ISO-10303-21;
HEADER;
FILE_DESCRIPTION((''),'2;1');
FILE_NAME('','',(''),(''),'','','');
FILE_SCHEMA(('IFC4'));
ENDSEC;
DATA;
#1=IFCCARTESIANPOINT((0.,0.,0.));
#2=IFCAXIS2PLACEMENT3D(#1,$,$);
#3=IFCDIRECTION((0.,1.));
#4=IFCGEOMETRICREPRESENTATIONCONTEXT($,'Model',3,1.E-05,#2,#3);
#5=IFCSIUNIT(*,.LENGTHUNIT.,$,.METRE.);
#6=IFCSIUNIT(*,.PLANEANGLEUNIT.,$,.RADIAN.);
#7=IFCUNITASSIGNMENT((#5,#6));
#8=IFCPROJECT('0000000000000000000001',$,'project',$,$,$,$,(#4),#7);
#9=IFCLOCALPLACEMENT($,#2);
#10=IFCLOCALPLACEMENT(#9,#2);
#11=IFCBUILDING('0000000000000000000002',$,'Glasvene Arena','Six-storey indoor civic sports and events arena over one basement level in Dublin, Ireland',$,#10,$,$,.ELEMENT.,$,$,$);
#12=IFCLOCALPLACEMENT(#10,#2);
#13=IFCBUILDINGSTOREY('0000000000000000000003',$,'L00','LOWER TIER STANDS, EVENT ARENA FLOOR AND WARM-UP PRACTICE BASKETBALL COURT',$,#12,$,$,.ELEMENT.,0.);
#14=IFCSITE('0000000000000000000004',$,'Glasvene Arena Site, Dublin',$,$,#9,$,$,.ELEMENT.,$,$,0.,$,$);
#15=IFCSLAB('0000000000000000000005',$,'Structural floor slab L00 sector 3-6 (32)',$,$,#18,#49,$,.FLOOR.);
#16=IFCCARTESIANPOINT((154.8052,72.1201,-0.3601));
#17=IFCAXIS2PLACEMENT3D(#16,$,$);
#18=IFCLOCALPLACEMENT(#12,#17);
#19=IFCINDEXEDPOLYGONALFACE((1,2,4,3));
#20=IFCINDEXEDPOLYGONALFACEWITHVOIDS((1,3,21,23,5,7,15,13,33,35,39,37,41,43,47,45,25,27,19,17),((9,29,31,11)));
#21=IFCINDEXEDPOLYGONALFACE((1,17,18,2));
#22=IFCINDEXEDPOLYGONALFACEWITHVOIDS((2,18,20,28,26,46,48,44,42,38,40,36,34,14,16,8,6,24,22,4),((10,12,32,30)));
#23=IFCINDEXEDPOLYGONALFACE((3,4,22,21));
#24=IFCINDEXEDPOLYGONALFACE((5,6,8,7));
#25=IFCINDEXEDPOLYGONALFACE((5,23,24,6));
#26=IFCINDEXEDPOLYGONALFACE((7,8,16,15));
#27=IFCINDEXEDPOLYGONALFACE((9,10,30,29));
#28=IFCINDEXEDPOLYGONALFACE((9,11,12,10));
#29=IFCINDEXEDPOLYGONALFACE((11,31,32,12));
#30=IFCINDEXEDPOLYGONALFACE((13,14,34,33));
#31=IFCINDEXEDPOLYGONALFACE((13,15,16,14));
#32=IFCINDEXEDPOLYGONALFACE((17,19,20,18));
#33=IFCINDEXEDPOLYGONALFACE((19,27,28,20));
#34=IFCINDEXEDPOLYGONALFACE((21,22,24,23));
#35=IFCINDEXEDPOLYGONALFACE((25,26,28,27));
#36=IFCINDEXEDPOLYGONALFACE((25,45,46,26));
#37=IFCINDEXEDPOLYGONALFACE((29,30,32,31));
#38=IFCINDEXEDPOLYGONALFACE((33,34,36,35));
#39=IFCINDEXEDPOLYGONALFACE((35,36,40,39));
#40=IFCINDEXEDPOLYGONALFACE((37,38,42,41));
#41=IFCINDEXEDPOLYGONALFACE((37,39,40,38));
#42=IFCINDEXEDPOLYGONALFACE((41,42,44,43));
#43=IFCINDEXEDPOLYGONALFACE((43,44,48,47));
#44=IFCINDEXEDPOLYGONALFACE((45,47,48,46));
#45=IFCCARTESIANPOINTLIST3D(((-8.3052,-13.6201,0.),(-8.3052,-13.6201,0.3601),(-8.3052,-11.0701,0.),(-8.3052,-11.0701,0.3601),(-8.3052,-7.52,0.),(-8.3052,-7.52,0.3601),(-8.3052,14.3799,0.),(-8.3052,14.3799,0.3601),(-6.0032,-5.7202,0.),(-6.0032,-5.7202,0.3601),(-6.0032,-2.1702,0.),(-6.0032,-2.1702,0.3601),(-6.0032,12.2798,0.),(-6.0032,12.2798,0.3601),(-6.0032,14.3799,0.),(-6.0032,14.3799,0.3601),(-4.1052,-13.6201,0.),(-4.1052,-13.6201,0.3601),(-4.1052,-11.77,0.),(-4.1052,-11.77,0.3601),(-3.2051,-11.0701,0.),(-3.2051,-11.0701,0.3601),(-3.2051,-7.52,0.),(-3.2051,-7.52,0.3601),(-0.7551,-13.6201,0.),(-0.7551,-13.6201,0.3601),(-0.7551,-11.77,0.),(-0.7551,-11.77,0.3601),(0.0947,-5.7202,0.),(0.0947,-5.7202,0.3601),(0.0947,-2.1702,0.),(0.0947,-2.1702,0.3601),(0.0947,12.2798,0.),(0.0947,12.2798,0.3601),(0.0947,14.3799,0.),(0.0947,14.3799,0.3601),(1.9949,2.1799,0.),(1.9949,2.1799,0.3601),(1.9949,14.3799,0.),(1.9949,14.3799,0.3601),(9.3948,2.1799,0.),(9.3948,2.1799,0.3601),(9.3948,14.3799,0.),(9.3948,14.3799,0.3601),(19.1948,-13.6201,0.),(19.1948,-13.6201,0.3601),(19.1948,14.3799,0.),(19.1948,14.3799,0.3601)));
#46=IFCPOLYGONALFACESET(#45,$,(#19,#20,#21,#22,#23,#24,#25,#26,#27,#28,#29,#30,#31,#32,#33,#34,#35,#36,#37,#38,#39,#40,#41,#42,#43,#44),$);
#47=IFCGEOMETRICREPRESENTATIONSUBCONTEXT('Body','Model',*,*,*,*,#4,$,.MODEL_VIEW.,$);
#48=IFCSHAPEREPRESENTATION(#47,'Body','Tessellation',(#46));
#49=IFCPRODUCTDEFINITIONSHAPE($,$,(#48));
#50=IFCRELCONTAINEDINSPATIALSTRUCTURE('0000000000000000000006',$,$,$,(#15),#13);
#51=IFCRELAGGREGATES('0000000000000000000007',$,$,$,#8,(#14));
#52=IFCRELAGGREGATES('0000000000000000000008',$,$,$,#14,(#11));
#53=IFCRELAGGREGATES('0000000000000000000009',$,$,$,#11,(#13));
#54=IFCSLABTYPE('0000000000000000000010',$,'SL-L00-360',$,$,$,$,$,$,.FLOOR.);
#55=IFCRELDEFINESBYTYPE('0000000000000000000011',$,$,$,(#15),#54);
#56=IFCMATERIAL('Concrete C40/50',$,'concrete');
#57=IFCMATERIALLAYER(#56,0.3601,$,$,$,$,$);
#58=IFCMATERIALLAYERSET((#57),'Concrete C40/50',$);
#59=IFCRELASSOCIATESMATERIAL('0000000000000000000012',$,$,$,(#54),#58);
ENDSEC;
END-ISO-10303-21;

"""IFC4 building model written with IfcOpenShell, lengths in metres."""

from ifc_helpers import new_model, si_unit, direction, frame, origin, place, context, subcontext, project, spatial, polyline, outline, extrude, material, layer, layer_set, type_object, element, save


model = new_model("IFC4")

# Units and contexts
model_context = context("Model", 3, precision=1e-05, world=origin(), true_north=direction((0.0, 1.0)))
body_context = subcontext(model_context, "Body", "Model", "MODEL_VIEW")
ifc_project = project(units=[si_unit("LENGTHUNIT", "METRE"), si_unit("PLANEANGLEUNIT", "RADIAN")], contexts=[model_context])

# Site, building, storey
site_placement = place(None, origin())
site = spatial("IfcSite", under=ifc_project, at=site_placement, Name="Glasvene Arena Site, Dublin", CompositionType="ELEMENT", RefElevation=0.0)
building_placement = place(site_placement, origin())
building = spatial("IfcBuilding", under=site, at=building_placement, Name="Glasvene Arena", Description="Six-storey indoor civic sports and events arena over one basement level in Dublin, Ireland", CompositionType="ELEMENT")
storey_placement = place(building_placement, origin())
storey = spatial("IfcBuildingStorey", under=building, at=storey_placement, Name="L00", Description="LOWER TIER STANDS, EVENT ARENA FLOOR AND WARM-UP PRACTICE BASKETBALL COURT", CompositionType="ELEMENT", Elevation=0.0)

# Slab
ifc_material_1 = material(Name="Concrete C40/50", Category="concrete")
ifc_layer_1 = layer(ifc_material_1, 0.3601)
ifc_layer_set_1 = layer_set([ifc_layer_1], Name="Concrete C40/50")
slab_type = type_object("IfcSlabType", Name="SL-L00-360", PredefinedType="FLOOR", material=ifc_layer_set_1)
slab_placement = place(storey_placement, frame((154.8052, 72.1201, -0.3601)))
element("IfcSlab", 1, at=slab_placement, inside=storey, type_object=slab_type, Name="Structural floor slab L00 sector 3-6 (32)", PredefinedType="FLOOR", context=body_context, shape_type="SweptSolid", body=[
    extrude(outline(polyline([(-0.7551, -13.6201), (-0.7551, -11.77), (-4.1052, -11.77), (-4.1052, -13.6201), (-8.3052, -13.6201), (-8.3052, -11.0701), (-3.2051, -11.0701), (-3.2051, -7.52), (-8.3052, -7.52), (-8.3052, 14.3799), (-6.0032, 14.3799), (-6.0032, 12.2798), (0.0947, 12.2798), (0.0947, 14.3799), (1.9949, 14.3799), (1.9949, 2.1799), (9.3948, 2.1799), (9.3948, 14.3799), (19.1948, 14.3799), (19.1948, -13.6201), (-0.7551, -13.6201)]), holes=[polyline([(-6.0032, -5.7202), (0.0947, -5.7202), (0.0947, -2.1702), (-6.0032, -2.1702), (-6.0032, -5.7202)])]), origin(), (0.0, 0.0, 1.0), 0.3601),
])

save(model, "model.ifc")
